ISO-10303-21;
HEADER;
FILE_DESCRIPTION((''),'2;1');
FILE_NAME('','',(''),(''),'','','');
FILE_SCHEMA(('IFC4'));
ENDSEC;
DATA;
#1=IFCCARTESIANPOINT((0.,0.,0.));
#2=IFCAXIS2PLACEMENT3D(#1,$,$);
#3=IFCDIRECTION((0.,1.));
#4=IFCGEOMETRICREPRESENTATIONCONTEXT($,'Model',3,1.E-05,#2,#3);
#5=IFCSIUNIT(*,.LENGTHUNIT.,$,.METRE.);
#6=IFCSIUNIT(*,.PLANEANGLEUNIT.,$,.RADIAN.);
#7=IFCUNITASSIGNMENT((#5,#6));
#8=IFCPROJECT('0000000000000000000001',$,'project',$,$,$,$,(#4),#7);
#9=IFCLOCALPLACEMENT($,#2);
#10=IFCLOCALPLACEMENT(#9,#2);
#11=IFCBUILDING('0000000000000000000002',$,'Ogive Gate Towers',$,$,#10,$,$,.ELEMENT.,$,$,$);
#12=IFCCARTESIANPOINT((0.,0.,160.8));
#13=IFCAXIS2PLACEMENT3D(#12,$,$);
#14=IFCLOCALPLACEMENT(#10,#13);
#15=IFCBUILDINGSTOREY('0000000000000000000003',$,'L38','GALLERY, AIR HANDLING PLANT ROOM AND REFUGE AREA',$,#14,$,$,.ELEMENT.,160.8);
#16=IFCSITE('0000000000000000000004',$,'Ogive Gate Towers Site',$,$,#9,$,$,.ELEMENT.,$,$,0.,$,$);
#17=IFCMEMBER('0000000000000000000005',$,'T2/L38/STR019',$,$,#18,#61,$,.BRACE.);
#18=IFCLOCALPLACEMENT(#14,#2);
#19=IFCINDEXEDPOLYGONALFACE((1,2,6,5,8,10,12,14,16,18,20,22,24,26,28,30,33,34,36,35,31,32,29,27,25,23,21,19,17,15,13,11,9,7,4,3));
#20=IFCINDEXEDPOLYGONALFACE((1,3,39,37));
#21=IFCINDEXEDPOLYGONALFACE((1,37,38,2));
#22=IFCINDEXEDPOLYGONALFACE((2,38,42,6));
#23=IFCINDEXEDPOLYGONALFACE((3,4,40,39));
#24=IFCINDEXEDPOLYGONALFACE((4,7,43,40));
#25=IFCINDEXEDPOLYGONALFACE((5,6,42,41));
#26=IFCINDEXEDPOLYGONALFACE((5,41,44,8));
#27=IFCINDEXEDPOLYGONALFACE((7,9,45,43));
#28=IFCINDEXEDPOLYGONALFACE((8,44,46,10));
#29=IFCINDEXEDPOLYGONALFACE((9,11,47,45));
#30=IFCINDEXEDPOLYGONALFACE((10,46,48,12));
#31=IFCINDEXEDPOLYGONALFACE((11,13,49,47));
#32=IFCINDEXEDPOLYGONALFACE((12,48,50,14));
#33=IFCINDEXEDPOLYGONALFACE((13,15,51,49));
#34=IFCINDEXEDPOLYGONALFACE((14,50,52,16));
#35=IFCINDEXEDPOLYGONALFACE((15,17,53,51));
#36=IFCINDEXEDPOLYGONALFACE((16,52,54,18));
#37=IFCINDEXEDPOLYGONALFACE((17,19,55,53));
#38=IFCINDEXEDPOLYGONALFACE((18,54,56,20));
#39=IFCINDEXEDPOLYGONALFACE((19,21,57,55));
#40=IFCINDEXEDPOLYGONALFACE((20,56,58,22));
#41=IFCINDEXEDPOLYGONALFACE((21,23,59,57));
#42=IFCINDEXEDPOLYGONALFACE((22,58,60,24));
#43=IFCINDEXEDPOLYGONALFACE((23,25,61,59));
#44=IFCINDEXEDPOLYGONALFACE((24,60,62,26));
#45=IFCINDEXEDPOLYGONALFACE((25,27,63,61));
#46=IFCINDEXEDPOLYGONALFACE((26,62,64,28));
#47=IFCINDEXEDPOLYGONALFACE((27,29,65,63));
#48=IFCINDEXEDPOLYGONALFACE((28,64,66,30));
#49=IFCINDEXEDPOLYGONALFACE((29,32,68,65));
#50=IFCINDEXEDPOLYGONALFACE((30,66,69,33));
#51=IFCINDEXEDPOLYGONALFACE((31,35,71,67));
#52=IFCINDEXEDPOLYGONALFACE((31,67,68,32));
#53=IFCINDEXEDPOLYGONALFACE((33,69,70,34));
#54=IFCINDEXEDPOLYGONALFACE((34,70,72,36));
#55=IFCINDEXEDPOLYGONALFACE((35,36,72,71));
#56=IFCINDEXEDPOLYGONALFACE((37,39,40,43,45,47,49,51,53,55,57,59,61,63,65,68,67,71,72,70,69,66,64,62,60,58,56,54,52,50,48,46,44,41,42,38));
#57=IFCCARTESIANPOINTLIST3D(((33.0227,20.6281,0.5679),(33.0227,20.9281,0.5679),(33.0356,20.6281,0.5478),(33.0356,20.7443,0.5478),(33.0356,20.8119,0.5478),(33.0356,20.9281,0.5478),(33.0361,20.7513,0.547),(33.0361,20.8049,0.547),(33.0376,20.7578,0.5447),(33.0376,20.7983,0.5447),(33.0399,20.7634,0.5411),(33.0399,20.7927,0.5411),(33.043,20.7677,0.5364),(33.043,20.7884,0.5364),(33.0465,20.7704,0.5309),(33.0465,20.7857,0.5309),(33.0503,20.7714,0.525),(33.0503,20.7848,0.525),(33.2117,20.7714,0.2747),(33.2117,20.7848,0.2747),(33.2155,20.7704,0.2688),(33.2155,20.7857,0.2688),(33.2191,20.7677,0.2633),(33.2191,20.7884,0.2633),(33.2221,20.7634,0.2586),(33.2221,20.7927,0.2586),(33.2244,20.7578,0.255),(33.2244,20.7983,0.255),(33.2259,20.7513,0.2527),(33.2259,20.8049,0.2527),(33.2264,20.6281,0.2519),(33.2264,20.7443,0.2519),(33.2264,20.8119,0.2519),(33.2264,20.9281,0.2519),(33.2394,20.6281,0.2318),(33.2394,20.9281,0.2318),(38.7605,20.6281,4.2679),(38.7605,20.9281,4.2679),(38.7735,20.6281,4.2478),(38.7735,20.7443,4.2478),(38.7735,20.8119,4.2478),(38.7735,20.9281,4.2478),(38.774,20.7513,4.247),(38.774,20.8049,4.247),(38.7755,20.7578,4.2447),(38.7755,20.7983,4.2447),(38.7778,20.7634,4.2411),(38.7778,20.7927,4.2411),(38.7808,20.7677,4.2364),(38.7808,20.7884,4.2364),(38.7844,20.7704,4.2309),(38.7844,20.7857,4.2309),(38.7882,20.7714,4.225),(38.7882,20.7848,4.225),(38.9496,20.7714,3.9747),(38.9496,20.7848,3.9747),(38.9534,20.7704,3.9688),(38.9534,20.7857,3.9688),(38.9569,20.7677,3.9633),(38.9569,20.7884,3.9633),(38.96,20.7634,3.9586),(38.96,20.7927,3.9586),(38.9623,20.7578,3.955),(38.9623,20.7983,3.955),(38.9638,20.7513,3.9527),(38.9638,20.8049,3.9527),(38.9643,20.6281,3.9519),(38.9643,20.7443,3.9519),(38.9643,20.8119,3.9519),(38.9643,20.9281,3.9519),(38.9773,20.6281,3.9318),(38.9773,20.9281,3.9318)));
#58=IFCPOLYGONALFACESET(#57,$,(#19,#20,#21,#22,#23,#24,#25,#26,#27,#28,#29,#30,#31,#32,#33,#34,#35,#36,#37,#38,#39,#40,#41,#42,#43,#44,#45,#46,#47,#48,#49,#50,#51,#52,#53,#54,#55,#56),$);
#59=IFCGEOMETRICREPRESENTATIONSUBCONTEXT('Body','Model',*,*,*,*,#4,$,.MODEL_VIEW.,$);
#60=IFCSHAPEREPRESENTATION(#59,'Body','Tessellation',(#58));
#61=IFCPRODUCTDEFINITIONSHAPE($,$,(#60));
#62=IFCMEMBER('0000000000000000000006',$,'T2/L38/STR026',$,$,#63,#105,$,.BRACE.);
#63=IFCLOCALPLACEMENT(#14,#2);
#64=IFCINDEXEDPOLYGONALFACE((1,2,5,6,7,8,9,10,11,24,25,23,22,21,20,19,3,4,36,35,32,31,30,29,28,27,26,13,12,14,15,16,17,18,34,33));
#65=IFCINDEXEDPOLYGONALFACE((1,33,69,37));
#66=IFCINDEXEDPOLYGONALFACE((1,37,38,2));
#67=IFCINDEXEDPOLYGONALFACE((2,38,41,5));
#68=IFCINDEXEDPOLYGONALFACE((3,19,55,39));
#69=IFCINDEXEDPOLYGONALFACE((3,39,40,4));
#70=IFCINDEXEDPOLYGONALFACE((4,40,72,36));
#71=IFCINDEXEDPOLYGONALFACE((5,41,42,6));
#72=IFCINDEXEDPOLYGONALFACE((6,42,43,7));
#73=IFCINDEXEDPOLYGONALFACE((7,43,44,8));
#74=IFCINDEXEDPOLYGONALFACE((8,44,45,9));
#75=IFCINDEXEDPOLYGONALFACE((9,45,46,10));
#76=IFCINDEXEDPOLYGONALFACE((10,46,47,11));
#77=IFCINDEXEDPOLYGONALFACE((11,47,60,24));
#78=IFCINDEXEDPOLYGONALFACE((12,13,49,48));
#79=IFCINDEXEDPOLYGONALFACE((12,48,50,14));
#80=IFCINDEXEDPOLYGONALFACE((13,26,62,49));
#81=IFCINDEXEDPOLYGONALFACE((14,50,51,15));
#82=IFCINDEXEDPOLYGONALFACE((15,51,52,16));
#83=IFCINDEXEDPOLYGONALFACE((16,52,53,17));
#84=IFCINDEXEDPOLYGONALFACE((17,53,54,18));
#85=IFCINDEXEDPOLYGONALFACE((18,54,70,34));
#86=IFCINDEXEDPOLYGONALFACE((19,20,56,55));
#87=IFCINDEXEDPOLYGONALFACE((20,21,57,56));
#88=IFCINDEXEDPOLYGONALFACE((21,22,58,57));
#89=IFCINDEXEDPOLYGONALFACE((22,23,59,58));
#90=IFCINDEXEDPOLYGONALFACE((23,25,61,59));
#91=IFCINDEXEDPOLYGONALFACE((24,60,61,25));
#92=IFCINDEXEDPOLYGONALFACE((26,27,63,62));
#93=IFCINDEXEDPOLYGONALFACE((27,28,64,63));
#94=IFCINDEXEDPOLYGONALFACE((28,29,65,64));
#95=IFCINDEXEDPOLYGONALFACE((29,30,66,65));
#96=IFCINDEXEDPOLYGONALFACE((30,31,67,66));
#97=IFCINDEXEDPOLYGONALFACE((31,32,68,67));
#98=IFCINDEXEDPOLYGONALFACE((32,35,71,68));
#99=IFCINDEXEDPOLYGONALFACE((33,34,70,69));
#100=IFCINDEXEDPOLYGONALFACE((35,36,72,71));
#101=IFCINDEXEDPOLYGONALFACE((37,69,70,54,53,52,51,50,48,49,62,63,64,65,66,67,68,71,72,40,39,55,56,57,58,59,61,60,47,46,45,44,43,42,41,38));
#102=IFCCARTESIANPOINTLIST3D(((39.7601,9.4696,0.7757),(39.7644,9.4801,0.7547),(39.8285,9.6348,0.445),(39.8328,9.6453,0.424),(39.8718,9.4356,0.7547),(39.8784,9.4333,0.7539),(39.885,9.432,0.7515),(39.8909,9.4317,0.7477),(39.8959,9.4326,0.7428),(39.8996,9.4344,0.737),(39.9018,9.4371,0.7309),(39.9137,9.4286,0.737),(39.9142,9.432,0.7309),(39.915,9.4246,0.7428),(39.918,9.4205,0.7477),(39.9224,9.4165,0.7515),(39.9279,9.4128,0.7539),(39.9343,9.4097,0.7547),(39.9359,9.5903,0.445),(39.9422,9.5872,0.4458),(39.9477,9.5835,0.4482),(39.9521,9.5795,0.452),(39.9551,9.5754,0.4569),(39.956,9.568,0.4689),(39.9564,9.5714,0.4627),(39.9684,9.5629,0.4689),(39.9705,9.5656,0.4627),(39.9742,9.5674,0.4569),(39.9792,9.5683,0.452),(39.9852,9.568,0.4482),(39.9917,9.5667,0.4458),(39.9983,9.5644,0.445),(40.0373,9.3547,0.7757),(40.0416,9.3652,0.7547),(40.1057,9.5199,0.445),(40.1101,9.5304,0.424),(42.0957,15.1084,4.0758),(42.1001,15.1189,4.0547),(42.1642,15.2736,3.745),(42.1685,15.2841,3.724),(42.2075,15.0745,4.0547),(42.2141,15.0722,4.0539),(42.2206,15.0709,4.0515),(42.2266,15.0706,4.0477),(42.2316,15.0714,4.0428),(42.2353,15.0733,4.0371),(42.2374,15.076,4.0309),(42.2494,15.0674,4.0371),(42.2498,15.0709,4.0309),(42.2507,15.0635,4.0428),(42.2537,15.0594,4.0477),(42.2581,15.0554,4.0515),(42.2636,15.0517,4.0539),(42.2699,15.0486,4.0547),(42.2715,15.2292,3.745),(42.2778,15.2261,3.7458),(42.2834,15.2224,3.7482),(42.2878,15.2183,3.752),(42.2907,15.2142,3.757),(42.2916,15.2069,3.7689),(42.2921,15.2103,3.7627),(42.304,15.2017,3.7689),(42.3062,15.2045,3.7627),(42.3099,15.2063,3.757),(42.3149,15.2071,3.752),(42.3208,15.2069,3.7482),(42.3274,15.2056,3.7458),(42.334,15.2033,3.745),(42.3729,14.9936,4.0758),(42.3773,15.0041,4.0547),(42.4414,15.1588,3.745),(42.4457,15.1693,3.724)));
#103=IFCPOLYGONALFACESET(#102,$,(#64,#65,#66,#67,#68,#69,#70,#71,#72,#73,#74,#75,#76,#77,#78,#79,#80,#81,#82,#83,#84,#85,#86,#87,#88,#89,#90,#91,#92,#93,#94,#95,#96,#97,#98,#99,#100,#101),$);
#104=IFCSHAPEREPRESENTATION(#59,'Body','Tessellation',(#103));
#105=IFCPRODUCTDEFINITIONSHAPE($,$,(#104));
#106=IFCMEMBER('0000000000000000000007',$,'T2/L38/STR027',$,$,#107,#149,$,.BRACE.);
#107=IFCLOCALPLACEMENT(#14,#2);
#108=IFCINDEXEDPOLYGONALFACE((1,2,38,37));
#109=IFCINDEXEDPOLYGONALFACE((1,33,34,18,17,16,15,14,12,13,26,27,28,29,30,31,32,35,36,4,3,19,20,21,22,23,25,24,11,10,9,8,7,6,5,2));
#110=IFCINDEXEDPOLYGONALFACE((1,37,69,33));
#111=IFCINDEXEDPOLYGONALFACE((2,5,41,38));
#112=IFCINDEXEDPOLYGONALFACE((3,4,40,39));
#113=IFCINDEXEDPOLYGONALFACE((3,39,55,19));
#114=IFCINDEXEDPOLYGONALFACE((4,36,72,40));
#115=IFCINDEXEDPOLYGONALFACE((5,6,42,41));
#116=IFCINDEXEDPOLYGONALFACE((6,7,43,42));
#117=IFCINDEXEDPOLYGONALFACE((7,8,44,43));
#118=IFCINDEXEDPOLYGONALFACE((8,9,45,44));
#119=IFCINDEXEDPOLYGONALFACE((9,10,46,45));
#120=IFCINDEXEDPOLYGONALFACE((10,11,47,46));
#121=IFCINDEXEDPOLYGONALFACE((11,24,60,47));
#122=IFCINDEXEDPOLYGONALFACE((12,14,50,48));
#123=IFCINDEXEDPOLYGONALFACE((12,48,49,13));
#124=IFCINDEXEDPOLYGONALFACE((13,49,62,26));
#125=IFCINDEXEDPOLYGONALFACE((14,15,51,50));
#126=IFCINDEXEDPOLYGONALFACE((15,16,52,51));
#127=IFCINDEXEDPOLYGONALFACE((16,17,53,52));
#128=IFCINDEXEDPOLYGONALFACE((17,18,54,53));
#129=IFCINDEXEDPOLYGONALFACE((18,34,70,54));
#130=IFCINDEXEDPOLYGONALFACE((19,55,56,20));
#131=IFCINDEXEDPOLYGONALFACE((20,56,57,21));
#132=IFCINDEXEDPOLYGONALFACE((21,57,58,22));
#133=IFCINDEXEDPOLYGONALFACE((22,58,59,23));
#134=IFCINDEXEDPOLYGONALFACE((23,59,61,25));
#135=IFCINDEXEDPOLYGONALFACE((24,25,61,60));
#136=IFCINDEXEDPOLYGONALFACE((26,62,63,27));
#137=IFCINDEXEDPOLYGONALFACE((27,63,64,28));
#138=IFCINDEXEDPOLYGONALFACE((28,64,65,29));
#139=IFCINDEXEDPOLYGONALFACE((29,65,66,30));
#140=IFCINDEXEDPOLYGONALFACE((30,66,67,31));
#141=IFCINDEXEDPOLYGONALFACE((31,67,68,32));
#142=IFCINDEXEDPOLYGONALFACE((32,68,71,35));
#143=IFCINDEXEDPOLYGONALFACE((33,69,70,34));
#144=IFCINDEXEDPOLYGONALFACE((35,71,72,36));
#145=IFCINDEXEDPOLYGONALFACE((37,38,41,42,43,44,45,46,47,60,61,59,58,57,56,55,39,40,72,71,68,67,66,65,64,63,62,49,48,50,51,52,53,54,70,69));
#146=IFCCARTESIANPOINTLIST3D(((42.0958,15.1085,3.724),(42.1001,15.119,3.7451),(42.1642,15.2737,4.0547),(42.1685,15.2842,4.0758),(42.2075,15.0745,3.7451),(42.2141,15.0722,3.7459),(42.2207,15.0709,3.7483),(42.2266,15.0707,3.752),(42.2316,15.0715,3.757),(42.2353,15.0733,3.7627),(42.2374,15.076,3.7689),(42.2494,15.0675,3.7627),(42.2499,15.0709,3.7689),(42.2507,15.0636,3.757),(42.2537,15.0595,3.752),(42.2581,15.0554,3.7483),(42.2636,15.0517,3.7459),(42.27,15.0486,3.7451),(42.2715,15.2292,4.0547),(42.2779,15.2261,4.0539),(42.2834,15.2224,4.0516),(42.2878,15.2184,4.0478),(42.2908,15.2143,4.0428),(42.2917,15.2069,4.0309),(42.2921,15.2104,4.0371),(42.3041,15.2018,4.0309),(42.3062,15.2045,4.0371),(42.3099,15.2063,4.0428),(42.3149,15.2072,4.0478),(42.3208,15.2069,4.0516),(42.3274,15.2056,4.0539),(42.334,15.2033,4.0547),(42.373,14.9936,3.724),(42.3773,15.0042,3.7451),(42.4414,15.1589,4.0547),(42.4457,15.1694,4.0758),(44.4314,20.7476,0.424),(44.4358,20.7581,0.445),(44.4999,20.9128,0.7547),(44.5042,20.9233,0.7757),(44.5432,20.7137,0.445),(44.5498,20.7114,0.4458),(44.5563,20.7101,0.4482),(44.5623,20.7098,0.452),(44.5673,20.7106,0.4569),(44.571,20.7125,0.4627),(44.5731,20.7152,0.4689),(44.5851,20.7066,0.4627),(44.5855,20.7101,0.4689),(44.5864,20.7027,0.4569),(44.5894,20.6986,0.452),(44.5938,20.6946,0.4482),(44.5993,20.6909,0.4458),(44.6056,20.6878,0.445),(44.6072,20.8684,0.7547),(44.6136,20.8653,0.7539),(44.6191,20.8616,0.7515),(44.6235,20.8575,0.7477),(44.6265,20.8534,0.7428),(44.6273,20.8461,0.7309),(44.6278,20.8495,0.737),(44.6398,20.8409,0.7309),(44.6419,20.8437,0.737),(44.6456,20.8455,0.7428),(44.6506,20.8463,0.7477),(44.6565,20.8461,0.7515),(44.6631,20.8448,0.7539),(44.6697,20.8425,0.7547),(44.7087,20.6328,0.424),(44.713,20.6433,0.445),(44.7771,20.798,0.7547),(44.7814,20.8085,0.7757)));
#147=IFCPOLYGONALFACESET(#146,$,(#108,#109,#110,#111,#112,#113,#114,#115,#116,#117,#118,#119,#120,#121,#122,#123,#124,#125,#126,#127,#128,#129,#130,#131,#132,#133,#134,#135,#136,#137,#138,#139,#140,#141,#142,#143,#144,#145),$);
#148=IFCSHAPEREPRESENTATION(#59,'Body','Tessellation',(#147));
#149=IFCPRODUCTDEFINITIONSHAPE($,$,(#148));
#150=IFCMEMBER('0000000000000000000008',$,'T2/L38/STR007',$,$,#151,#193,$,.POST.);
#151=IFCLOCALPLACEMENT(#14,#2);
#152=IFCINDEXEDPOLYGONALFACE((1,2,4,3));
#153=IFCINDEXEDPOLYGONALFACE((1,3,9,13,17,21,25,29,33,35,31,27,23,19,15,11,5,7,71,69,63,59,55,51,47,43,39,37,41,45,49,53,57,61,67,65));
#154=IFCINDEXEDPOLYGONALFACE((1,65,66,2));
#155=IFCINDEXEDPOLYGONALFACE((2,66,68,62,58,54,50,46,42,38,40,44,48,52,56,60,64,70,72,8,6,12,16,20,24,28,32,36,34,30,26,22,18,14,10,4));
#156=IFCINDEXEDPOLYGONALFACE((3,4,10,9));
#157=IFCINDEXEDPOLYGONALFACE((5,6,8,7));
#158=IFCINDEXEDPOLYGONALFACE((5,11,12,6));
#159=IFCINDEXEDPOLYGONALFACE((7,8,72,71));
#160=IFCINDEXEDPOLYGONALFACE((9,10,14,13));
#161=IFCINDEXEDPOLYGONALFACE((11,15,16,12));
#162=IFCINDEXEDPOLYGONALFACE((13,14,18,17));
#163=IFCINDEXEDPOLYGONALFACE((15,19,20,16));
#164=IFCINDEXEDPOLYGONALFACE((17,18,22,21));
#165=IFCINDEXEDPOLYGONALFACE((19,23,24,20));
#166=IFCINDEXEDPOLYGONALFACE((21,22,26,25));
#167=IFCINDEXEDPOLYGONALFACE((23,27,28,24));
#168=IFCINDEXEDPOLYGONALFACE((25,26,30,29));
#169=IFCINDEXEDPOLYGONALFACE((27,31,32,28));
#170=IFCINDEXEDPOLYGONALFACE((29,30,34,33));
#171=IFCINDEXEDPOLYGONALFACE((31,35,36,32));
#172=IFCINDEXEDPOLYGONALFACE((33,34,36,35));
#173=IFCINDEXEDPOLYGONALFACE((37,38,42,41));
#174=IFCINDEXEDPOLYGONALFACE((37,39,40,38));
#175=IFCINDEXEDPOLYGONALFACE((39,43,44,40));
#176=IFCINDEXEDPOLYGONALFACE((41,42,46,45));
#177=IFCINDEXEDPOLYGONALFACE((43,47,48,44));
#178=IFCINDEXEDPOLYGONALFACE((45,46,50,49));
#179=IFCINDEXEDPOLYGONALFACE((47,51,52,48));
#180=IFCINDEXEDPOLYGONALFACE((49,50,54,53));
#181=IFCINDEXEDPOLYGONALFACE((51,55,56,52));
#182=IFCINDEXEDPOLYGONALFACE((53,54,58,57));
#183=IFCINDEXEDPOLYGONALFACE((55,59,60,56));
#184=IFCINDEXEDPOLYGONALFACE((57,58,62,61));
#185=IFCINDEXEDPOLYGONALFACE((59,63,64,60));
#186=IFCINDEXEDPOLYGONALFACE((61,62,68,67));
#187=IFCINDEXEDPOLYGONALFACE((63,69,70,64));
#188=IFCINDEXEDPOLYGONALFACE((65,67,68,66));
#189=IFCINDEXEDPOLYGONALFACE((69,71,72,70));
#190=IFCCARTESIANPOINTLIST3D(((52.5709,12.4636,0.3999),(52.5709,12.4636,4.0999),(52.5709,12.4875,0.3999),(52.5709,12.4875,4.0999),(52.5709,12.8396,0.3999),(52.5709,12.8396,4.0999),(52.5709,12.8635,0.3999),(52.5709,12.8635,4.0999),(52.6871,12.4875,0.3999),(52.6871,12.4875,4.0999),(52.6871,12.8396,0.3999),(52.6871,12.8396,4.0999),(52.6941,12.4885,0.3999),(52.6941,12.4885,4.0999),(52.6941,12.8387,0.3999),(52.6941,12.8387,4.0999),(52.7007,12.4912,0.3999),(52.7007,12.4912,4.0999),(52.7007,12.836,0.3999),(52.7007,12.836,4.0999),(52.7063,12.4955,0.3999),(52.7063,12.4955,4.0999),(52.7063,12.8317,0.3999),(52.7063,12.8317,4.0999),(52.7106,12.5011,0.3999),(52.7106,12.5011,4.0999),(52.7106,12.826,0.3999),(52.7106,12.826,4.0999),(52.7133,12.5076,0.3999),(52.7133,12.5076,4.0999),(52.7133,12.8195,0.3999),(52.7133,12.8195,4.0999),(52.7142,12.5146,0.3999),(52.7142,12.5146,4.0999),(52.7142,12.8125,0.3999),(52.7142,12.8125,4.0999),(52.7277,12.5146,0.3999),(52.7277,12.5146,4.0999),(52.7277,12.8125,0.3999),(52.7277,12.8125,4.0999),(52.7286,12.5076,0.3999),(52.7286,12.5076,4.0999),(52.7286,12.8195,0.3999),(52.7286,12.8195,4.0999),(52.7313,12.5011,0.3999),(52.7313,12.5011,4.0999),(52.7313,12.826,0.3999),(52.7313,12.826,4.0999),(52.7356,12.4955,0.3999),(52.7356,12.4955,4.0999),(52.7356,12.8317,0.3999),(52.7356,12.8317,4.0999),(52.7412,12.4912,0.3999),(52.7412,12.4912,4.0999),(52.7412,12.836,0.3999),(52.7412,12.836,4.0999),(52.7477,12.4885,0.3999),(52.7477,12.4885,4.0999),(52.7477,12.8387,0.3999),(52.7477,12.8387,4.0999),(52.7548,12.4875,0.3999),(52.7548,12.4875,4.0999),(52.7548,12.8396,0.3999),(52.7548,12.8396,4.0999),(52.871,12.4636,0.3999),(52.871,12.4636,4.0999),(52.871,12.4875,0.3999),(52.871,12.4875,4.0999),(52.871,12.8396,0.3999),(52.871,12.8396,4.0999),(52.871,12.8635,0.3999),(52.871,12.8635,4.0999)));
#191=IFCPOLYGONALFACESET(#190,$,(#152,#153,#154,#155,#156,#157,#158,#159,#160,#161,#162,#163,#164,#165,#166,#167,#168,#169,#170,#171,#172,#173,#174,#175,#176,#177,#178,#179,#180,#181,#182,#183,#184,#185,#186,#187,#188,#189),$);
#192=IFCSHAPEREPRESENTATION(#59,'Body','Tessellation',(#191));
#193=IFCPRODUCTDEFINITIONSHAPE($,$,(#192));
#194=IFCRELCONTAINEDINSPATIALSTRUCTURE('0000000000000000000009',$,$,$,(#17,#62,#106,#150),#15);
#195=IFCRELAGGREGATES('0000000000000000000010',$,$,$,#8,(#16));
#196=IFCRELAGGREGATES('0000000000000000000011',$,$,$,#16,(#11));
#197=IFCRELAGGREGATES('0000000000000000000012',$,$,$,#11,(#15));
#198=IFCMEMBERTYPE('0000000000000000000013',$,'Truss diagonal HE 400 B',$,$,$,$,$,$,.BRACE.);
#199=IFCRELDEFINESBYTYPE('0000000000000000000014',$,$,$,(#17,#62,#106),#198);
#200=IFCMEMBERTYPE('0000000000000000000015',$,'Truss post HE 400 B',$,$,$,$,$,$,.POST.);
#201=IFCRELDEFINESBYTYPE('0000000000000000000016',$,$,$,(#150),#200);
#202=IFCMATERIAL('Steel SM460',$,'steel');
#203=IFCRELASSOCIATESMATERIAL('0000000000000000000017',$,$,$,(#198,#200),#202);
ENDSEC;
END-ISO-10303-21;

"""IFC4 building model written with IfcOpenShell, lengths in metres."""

from ifc_helpers import new_model, si_unit, direction, frame, origin, origin_2d, place, context, subcontext, project, spatial, i_section, extrude, material, material_profile, profile_set, type_object, element, save


model = new_model("IFC4")

# Units and contexts
model_context = context("Model", 3, precision=1e-05, world=origin(), true_north=direction((0.0, 1.0)))
body_context = subcontext(model_context, "Body", "Model", "MODEL_VIEW")
ifc_project = project(units=[si_unit("LENGTHUNIT", "METRE"), si_unit("PLANEANGLEUNIT", "RADIAN")], contexts=[model_context])

# Site, building, storey
site_placement = place(None, origin())
site = spatial("IfcSite", under=ifc_project, at=site_placement, Name="Ogive Gate Towers Site", CompositionType="ELEMENT", RefElevation=0.0)
building_placement = place(site_placement, origin())
building = spatial("IfcBuilding", under=site, at=building_placement, Name="Ogive Gate Towers", CompositionType="ELEMENT")
storey_placement = place(building_placement, frame((0.0, 0.0, 160.8)))
storey = spatial("IfcBuildingStorey", under=building, at=storey_placement, Name="L38", Description="GALLERY, AIR HANDLING PLANT ROOM AND REFUGE AREA", CompositionType="ELEMENT", Elevation=160.8)

# Shared definitions
ifc_material_1 = material(Name="Steel SM460", Category="steel")

# Members
ifc_material_profile_1 = material_profile(ifc_material_1, i_section(OverallWidth=0.3, OverallDepth=0.3999, WebThickness=0.0134, FlangeThickness=0.0239, FilletRadius=0.0271, at=origin_2d()), Name="HE 400 B")
ifc_profile_set_1 = profile_set([ifc_material_profile_1], Name="Steel SM460")
member_type_1 = type_object("IfcMemberType", Name="Truss diagonal HE 400 B", PredefinedType="BRACE", material=ifc_profile_set_1)
member_1_placement = place(storey_placement, frame((38.8689, 20.7781, 4.0999), z_axis=(-0.84042, 0.0, -0.541935), x_axis=(0.0, -1.0, 0.0)))
element("IfcMember", 1, at=member_1_placement, inside=storey, type_object=member_type_1, Name="T2/L38/STR019", PredefinedType="BRACE", context=body_context, shape_type="SweptSolid", body=[
    extrude(i_section(OverallWidth=0.3, OverallDepth=0.3999, WebThickness=0.0134, FlangeThickness=0.0239, FilletRadius=0.0271, at=origin_2d()), origin(), (0.0, 0.0, 1.0), 6.8274),
])
member_2_placement = place(storey_placement, frame((39.9351, 9.5, 0.5999), z_axis=(0.336627, 0.812696, 0.475612), x_axis=(-0.923881, 0.38268, 0.0)))
element("IfcMember", 2, at=member_2_placement, inside=storey, type_object=member_type_1, Name="T2/L38/STR026", PredefinedType="BRACE", context=body_context, shape_type="SweptSolid", body=[
    extrude(i_section(OverallWidth=0.3, OverallDepth=0.3999, WebThickness=0.0134, FlangeThickness=0.0239, FilletRadius=0.0271, at=origin_2d()), origin(), (0.0, 0.0, 1.0), 6.9385),
])
member_3_placement = place(storey_placement, frame((42.2708, 15.1389, 3.8999), z_axis=(0.336617, 0.812708, -0.475599), x_axis=(-0.923887, 0.382666, 0.0)))
element("IfcMember", 3, at=member_3_placement, inside=storey, type_object=member_type_1, Name="T2/L38/STR027", PredefinedType="BRACE", context=body_context, shape_type="SweptSolid", body=[
    extrude(i_section(OverallWidth=0.3, OverallDepth=0.3999, WebThickness=0.0134, FlangeThickness=0.0239, FilletRadius=0.0271, at=origin_2d()), origin(), (0.0, 0.0, 1.0), 6.9387),
])
ifc_material_profile_2 = material_profile(ifc_material_1, i_section(OverallWidth=0.3, OverallDepth=0.3999, WebThickness=0.0134, FlangeThickness=0.0239, FilletRadius=0.0271, at=origin_2d()), Name="HE 400 B")
ifc_profile_set_2 = profile_set([ifc_material_profile_2], Name="Steel SM460")
member_type_2 = type_object("IfcMemberType", Name="Truss post HE 400 B", PredefinedType="POST", material=ifc_profile_set_2)
for number, where, z_axis, x_axis, name in (
    (4, (52.7209, 12.6636, 0.3999), (0.0, 0.0, 1.0), (1.0, 0.0, 0.0), "T2/L38/STR007"),
):
    element("IfcMember", number, at=place(storey_placement, frame(where, z_axis=z_axis, x_axis=x_axis)), inside=storey, type_object=member_type_2, Name=name, PredefinedType="POST", context=body_context, shape_type="SweptSolid", body=[
        extrude(i_section(OverallWidth=0.3, OverallDepth=0.3999, WebThickness=0.0134, FlangeThickness=0.0239, FilletRadius=0.0271, at=origin_2d()), origin(), (0.0, 0.0, 1.0), 3.7),
    ])

save(model, "model.ifc")
